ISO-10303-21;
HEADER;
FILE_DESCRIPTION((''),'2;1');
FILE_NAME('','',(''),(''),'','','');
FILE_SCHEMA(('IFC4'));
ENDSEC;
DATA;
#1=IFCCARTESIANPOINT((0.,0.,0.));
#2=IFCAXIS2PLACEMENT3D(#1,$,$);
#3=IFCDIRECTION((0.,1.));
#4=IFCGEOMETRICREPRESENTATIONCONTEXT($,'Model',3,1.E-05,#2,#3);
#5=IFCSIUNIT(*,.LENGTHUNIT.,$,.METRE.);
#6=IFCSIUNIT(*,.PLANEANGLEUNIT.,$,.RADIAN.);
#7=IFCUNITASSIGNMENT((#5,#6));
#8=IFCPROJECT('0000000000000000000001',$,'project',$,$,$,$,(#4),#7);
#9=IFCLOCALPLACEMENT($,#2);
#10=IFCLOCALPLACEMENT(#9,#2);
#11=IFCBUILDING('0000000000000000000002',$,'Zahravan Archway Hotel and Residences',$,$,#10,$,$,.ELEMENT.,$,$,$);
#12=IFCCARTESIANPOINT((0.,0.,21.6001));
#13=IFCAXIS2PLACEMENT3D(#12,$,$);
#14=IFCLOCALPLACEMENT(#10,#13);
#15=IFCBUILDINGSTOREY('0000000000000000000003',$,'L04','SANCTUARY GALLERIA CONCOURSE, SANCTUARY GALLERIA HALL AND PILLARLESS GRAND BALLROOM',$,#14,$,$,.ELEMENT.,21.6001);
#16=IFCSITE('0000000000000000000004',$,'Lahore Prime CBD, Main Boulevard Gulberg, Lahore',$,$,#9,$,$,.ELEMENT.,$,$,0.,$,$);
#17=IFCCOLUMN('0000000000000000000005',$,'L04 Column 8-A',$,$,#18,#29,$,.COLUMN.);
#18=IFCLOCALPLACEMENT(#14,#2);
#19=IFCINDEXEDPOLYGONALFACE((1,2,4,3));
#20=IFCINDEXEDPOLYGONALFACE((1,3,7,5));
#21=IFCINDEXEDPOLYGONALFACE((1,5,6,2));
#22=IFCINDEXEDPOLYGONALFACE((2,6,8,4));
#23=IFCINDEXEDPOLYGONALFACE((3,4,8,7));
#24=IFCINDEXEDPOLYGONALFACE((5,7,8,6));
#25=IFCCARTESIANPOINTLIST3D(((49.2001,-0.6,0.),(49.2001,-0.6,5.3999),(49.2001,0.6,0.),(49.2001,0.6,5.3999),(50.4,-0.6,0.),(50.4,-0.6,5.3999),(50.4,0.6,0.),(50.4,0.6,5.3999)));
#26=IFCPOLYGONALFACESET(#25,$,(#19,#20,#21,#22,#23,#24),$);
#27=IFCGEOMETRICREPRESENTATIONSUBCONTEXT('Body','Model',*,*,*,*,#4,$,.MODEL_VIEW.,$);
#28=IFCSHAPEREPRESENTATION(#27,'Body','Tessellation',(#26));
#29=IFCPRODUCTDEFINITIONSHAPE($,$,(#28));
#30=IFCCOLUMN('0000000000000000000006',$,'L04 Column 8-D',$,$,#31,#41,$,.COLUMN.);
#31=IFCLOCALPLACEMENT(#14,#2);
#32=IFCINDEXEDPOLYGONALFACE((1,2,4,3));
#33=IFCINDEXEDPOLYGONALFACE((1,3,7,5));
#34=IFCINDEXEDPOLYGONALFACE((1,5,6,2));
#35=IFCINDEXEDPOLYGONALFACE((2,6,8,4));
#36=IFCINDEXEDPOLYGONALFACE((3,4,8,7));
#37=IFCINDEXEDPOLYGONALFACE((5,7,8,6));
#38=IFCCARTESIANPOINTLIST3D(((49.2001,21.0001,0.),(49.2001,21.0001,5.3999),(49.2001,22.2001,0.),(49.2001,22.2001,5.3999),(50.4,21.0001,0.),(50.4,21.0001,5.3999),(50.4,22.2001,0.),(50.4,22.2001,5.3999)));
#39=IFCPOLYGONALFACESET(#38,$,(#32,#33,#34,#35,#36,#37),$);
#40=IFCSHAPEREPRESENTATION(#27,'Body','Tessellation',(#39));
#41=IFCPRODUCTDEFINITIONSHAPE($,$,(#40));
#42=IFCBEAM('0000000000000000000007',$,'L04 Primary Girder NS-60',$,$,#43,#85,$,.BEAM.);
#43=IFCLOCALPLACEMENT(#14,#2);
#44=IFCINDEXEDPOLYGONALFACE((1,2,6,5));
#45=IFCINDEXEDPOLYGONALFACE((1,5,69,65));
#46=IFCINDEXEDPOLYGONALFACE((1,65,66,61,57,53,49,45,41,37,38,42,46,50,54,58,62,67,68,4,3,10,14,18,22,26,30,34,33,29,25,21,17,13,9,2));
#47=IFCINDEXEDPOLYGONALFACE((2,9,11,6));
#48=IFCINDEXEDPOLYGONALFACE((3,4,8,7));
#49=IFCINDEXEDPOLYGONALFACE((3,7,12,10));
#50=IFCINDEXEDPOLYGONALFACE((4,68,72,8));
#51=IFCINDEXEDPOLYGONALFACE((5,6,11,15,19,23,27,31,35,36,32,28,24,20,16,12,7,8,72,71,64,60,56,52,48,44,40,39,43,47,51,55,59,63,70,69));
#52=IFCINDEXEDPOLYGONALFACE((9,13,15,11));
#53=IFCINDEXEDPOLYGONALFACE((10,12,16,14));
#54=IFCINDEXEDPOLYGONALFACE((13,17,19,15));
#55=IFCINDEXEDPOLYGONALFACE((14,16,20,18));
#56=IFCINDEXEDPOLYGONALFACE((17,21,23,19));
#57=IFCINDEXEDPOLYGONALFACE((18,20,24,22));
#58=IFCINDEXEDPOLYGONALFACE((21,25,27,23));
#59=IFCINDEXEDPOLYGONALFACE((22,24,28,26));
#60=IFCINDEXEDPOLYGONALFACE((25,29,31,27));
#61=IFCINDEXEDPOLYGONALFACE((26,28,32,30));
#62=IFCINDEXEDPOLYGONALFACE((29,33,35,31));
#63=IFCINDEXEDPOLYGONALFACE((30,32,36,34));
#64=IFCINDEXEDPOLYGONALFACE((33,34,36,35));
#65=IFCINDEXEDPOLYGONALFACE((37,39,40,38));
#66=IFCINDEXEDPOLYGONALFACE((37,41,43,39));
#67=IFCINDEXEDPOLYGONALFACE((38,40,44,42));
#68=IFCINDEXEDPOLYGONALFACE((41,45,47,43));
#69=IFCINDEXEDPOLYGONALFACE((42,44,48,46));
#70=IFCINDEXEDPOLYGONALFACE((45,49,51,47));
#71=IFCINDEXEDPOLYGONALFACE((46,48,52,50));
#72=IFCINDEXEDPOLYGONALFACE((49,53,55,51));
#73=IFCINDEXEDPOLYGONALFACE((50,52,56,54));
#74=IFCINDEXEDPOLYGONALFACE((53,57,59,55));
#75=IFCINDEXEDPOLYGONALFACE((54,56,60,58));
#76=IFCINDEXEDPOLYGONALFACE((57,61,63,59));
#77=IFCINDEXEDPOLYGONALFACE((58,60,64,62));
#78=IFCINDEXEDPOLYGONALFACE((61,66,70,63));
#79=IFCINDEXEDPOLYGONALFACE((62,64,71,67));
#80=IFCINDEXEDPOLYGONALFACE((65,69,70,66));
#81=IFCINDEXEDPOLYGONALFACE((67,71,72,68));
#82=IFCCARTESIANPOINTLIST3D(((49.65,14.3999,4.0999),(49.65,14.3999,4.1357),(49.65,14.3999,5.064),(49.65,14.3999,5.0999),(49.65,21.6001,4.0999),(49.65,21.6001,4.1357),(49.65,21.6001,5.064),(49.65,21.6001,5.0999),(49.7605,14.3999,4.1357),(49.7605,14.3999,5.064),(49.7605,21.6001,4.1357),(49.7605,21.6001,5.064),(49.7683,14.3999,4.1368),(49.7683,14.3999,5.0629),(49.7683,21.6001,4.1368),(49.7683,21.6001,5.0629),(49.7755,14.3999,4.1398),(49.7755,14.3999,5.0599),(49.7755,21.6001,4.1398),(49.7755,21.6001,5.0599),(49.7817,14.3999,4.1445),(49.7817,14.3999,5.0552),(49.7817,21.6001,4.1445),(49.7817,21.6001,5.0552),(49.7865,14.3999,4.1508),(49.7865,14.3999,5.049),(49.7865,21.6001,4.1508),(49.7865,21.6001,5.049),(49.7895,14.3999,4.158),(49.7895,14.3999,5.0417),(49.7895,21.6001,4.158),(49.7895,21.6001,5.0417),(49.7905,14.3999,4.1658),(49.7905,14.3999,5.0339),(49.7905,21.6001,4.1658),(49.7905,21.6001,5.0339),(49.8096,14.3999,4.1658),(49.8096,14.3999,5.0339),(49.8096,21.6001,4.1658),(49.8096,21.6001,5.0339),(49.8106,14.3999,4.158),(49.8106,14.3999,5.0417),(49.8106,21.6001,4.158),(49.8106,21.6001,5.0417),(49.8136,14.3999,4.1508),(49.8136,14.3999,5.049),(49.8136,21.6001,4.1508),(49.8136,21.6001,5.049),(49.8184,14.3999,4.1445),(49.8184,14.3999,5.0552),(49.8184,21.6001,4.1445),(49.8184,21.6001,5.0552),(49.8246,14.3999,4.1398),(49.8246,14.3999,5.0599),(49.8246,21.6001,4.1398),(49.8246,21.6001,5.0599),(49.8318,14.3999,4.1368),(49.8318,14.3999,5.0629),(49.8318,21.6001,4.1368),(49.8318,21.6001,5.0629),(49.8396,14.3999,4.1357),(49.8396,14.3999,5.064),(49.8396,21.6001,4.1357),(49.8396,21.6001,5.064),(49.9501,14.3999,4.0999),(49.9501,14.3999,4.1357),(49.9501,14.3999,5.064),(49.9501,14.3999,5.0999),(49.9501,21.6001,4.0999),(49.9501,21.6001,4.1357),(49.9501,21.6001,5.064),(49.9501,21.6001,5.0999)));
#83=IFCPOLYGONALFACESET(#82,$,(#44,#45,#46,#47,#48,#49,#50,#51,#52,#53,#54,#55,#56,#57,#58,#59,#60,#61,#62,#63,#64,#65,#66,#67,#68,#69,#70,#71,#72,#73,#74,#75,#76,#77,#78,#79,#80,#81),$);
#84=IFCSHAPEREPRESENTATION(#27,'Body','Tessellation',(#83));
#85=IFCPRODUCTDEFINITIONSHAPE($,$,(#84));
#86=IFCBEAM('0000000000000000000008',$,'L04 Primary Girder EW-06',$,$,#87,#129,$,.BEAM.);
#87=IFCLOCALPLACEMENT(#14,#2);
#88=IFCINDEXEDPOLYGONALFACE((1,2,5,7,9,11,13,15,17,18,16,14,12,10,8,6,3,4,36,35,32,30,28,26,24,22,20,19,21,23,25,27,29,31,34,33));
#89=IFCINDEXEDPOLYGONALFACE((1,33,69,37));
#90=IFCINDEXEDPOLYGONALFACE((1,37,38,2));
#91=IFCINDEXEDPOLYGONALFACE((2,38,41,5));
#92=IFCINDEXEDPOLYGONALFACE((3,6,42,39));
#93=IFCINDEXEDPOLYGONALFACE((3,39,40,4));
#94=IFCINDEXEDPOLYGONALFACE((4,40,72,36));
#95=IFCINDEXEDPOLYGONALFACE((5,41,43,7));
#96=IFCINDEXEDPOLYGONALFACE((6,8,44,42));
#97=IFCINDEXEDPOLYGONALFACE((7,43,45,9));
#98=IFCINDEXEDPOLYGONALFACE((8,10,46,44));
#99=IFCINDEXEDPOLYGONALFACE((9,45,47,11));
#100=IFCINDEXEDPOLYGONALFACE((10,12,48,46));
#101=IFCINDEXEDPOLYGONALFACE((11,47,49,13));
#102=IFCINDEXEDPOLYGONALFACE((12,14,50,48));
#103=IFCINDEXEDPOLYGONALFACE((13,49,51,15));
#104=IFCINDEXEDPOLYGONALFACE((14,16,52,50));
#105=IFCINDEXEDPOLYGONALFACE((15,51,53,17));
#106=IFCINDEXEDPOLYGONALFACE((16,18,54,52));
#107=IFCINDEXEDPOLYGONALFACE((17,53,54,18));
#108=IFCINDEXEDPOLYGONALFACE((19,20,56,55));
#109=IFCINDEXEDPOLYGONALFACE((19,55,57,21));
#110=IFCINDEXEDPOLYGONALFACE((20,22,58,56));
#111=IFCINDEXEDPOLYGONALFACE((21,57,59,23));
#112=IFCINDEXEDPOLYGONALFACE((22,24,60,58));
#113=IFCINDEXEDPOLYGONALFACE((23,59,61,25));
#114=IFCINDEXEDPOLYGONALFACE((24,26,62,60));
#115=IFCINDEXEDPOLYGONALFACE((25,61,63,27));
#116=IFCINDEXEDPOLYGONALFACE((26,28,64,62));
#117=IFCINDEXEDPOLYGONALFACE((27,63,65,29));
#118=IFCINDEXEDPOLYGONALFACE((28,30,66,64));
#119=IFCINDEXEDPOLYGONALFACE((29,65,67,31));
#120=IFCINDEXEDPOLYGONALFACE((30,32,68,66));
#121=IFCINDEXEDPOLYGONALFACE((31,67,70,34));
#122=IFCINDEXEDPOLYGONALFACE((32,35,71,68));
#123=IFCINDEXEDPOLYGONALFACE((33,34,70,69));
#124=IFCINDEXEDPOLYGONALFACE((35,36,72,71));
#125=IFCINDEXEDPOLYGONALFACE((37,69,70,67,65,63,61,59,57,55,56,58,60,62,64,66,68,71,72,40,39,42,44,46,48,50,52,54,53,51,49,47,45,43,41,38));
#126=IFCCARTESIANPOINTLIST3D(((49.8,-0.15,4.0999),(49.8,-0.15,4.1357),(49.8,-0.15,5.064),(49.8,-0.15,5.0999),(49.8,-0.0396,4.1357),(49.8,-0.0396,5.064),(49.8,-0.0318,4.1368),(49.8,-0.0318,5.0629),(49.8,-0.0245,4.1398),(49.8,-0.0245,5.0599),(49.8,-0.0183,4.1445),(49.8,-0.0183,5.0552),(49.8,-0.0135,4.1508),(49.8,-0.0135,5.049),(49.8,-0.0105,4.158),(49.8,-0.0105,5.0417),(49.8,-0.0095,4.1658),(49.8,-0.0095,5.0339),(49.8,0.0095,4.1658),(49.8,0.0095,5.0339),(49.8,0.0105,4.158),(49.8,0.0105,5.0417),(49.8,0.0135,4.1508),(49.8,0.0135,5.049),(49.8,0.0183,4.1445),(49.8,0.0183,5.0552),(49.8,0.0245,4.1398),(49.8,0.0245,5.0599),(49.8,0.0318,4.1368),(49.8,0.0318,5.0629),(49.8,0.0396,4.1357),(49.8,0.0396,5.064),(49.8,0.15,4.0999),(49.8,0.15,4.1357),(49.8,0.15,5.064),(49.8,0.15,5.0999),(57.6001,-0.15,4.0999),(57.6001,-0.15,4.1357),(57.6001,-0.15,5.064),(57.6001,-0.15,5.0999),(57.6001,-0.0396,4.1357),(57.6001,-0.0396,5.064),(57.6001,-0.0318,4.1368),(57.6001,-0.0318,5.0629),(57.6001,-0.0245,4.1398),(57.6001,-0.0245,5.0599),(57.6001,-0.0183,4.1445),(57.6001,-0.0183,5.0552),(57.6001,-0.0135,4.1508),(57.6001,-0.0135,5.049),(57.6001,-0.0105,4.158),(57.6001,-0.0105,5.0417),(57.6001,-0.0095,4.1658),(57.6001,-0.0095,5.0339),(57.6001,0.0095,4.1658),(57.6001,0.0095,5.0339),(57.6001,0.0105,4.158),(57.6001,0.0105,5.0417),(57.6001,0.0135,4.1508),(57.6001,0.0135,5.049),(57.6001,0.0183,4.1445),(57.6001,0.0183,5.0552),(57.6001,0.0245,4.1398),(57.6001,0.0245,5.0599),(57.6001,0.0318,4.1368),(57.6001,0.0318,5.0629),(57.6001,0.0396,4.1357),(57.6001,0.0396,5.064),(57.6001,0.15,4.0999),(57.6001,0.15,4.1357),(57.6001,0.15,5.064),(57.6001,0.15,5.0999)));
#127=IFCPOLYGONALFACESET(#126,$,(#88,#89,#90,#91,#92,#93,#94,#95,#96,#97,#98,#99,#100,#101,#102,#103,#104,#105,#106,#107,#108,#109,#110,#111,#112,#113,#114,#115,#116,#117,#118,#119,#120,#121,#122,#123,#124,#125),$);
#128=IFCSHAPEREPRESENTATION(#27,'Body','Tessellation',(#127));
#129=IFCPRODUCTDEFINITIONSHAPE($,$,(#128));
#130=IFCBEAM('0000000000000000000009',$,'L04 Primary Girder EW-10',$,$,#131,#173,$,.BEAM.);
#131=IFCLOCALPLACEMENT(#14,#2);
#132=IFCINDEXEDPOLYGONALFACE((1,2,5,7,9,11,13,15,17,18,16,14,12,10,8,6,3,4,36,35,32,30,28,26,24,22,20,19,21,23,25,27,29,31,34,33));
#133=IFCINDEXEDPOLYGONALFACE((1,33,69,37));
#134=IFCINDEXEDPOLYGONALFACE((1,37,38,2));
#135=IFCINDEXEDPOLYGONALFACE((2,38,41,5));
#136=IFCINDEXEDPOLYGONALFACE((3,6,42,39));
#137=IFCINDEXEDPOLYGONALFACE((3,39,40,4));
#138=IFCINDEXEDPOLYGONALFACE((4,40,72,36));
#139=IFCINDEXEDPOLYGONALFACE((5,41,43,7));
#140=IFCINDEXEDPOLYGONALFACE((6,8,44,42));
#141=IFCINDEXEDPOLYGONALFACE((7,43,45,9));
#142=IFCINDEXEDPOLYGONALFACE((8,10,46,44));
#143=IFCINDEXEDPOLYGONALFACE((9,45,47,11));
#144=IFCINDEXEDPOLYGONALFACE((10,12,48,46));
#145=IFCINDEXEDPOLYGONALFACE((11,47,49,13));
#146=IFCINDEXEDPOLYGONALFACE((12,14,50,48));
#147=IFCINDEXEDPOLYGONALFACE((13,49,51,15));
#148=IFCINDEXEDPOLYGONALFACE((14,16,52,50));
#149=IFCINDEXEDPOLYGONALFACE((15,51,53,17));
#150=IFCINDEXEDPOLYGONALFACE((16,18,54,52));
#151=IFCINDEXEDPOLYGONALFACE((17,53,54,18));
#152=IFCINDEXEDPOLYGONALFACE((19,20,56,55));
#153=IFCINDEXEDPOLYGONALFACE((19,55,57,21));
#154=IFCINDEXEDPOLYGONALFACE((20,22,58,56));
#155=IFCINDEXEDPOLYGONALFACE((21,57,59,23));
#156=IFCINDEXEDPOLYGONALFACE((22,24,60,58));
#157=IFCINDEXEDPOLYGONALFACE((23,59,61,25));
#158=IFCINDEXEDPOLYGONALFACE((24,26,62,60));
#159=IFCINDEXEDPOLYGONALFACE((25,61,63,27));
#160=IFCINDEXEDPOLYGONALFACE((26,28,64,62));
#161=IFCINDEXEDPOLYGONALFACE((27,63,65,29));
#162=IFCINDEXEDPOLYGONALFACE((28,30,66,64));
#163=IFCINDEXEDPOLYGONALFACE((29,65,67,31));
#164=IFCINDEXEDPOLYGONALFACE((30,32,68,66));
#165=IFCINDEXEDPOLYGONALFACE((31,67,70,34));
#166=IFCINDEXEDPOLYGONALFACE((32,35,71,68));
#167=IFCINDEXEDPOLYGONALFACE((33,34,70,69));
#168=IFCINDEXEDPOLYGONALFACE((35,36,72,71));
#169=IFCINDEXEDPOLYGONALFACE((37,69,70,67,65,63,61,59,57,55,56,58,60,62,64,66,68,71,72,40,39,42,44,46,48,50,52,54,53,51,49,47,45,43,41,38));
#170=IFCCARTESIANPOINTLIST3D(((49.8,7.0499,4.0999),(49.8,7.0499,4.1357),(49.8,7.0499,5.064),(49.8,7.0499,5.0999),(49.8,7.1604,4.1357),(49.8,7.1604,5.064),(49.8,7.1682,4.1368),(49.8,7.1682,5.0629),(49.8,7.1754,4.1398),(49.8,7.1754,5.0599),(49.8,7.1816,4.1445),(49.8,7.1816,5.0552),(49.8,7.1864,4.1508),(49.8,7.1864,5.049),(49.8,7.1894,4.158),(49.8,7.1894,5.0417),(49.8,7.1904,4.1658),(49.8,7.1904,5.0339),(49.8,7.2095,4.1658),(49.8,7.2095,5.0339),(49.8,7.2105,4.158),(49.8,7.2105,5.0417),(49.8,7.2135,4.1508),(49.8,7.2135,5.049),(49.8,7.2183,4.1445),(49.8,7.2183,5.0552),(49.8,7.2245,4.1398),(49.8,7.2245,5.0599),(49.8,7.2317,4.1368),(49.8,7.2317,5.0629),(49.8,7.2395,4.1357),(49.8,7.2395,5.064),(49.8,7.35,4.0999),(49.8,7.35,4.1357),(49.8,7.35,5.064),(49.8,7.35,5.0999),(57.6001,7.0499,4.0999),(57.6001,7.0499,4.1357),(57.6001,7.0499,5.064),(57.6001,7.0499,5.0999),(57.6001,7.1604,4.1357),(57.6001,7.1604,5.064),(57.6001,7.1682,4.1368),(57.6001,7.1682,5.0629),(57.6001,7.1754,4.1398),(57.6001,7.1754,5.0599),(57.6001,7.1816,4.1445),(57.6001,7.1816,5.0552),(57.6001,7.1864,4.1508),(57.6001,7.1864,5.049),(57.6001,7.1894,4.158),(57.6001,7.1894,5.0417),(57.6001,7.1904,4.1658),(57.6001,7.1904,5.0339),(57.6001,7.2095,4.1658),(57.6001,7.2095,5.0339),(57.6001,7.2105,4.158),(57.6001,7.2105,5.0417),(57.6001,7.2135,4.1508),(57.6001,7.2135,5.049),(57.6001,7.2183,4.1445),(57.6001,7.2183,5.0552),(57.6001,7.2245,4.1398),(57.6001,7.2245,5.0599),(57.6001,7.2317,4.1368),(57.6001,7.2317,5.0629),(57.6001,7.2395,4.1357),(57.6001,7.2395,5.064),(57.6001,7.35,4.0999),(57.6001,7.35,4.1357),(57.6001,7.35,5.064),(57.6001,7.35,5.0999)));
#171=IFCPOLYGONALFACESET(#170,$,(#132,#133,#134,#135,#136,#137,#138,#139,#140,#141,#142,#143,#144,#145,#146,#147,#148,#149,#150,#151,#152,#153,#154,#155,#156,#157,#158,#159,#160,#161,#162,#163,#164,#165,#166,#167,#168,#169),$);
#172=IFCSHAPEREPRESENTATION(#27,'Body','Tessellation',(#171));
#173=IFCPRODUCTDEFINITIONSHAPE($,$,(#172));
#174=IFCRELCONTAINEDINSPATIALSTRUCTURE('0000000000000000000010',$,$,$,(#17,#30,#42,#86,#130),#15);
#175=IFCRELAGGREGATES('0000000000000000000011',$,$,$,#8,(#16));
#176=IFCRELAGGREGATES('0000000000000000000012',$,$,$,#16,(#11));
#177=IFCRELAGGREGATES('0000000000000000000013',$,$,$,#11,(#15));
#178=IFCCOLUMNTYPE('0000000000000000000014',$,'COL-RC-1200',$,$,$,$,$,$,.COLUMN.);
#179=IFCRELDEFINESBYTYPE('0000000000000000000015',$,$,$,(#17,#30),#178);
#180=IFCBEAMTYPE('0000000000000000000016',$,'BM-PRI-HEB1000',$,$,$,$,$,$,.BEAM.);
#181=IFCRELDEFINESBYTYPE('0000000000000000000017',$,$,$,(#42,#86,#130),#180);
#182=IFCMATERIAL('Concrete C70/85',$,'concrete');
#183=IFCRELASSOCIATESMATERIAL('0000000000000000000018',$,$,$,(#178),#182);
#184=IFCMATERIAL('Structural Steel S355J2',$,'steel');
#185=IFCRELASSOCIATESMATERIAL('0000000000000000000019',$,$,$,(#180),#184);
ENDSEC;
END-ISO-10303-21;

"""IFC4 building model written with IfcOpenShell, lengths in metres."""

from ifc_helpers import new_model, si_unit, direction, frame, origin, origin_2d, place, context, subcontext, project, spatial, rectangle, i_section, extrude, source, transform, mapped, material, material_profile, profile_set, type_object, element, save


model = new_model("IFC4")

# Units and contexts
model_context = context("Model", 3, precision=1e-05, world=origin(), true_north=direction((0.0, 1.0)))
body_context = subcontext(model_context, "Body", "Model", "MODEL_VIEW")
ifc_project = project(units=[si_unit("LENGTHUNIT", "METRE"), si_unit("PLANEANGLEUNIT", "RADIAN")], contexts=[model_context])

# Site, building, storey
site_placement = place(None, origin())
site = spatial("IfcSite", under=ifc_project, at=site_placement, Name="Lahore Prime CBD, Main Boulevard Gulberg, Lahore", CompositionType="ELEMENT", RefElevation=0.0)
building_placement = place(site_placement, origin())
building = spatial("IfcBuilding", under=site, at=building_placement, Name="Zahravan Archway Hotel and Residences", CompositionType="ELEMENT")
storey_placement = place(building_placement, frame((0.0, 0.0, 21.6001)))
storey = spatial("IfcBuildingStorey", under=building, at=storey_placement, Name="L04", Description="SANCTUARY GALLERIA CONCOURSE, SANCTUARY GALLERIA HALL AND PILLARLESS GRAND BALLROOM", CompositionType="ELEMENT", Elevation=21.6001)

# Columns
ifc_material_1 = material(Name="Concrete C70/85", Category="concrete")
ifc_material_profile_1 = material_profile(ifc_material_1, rectangle(XDim=1.2, YDim=1.2, at=origin_2d()), Name="RC-COL-1200x1200", Category="concrete")
ifc_profile_set_1 = profile_set([ifc_material_profile_1], Name="Concrete C70/85")
column_type = type_object("IfcColumnType", Name="COL-RC-1200", PredefinedType="COLUMN", material=ifc_profile_set_1)
shared_shape_1 = source(origin(), body_context, "Body", "SweptSolid", [
    extrude(rectangle(XDim=1.2, YDim=1.2, at=origin_2d()), origin(), (0.0, 0.0, 1.0), 5.3999),
])
for number, where, z_axis, x_axis, name in (
    (1, (49.8, 0.0, 0.0), (0.0, 0.0, 1.0), (1.0, 0.0, 0.0), "L04 Column 8-A"),
    (2, (49.8, 21.6001, 0.0), (0.0, 0.0, 1.0), (1.0, 0.0, 0.0), "L04 Column 8-D"),
):
    element("IfcColumn", number, at=place(storey_placement, frame(where, z_axis=z_axis, x_axis=x_axis)), inside=storey, type_object=column_type, Name=name, PredefinedType="COLUMN", context=body_context, shape_type="MappedRepresentation", body=[
        mapped(shared_shape_1, transform((0.0, 0.0, 0.0), scale=1.0)),
    ])

# Beams
ifc_material_2 = material(Name="Structural Steel S355J2", Category="steel")
ifc_material_profile_2 = material_profile(ifc_material_2, i_section(OverallWidth=0.3, OverallDepth=1.0, WebThickness=0.019, FlangeThickness=0.0359, FilletRadius=0.03, at=origin_2d()), Name="HEB 1000", Category="steel")
ifc_profile_set_2 = profile_set([ifc_material_profile_2], Name="Structural Steel S355J2")
beam_type_1 = type_object("IfcBeamType", Name="BM-PRI-HEB1000", PredefinedType="BEAM", material=ifc_profile_set_2)
shared_shape_2 = source(origin(), body_context, "Body", "SweptSolid", [
    extrude(i_section(OverallWidth=0.3, OverallDepth=1.0, WebThickness=0.019, FlangeThickness=0.0359, FilletRadius=0.03, at=origin_2d()), origin(), (0.0, 0.0, 1.0), 7.2002),
])
beam_1_placement = place(storey_placement, frame((49.8, 14.3999, 4.5999), z_axis=(0.0, 1.0, 0.0), x_axis=(-1.0, 0.0, 0.0)))
element("IfcBeam", 3, at=beam_1_placement, inside=storey, type_object=beam_type_1, Name="L04 Primary Girder NS-60", PredefinedType="BEAM", context=body_context, shape_type="MappedRepresentation", body=[
    mapped(shared_shape_2, transform((0.0, 0.0, 0.0), scale=1.0)),
])
shared_shape_3 = source(origin(), body_context, "Body", "SweptSolid", [
    extrude(i_section(OverallWidth=0.3, OverallDepth=1.0, WebThickness=0.019, FlangeThickness=0.0359, FilletRadius=0.03, at=origin_2d()), origin(), (0.0, 0.0, 1.0), 7.8),
])
for number, where, z_axis, x_axis, name in (
    (4, (49.8, 0.0, 4.5999), (1.0, 0.0, 0.0), (0.0, 1.0, 0.0), "L04 Primary Girder EW-06"),
    (5, (49.8, 7.2, 4.5999), (1.0, 0.0, 0.0), (0.0, 1.0, 0.0), "L04 Primary Girder EW-10"),
):
    element("IfcBeam", number, at=place(storey_placement, frame(where, z_axis=z_axis, x_axis=x_axis)), inside=storey, type_object=beam_type_1, Name=name, PredefinedType="BEAM", context=body_context, shape_type="MappedRepresentation", body=[
        mapped(shared_shape_3, transform((0.0, 0.0, 0.0), scale=1.0)),
    ])

save(model, "model.ifc")
